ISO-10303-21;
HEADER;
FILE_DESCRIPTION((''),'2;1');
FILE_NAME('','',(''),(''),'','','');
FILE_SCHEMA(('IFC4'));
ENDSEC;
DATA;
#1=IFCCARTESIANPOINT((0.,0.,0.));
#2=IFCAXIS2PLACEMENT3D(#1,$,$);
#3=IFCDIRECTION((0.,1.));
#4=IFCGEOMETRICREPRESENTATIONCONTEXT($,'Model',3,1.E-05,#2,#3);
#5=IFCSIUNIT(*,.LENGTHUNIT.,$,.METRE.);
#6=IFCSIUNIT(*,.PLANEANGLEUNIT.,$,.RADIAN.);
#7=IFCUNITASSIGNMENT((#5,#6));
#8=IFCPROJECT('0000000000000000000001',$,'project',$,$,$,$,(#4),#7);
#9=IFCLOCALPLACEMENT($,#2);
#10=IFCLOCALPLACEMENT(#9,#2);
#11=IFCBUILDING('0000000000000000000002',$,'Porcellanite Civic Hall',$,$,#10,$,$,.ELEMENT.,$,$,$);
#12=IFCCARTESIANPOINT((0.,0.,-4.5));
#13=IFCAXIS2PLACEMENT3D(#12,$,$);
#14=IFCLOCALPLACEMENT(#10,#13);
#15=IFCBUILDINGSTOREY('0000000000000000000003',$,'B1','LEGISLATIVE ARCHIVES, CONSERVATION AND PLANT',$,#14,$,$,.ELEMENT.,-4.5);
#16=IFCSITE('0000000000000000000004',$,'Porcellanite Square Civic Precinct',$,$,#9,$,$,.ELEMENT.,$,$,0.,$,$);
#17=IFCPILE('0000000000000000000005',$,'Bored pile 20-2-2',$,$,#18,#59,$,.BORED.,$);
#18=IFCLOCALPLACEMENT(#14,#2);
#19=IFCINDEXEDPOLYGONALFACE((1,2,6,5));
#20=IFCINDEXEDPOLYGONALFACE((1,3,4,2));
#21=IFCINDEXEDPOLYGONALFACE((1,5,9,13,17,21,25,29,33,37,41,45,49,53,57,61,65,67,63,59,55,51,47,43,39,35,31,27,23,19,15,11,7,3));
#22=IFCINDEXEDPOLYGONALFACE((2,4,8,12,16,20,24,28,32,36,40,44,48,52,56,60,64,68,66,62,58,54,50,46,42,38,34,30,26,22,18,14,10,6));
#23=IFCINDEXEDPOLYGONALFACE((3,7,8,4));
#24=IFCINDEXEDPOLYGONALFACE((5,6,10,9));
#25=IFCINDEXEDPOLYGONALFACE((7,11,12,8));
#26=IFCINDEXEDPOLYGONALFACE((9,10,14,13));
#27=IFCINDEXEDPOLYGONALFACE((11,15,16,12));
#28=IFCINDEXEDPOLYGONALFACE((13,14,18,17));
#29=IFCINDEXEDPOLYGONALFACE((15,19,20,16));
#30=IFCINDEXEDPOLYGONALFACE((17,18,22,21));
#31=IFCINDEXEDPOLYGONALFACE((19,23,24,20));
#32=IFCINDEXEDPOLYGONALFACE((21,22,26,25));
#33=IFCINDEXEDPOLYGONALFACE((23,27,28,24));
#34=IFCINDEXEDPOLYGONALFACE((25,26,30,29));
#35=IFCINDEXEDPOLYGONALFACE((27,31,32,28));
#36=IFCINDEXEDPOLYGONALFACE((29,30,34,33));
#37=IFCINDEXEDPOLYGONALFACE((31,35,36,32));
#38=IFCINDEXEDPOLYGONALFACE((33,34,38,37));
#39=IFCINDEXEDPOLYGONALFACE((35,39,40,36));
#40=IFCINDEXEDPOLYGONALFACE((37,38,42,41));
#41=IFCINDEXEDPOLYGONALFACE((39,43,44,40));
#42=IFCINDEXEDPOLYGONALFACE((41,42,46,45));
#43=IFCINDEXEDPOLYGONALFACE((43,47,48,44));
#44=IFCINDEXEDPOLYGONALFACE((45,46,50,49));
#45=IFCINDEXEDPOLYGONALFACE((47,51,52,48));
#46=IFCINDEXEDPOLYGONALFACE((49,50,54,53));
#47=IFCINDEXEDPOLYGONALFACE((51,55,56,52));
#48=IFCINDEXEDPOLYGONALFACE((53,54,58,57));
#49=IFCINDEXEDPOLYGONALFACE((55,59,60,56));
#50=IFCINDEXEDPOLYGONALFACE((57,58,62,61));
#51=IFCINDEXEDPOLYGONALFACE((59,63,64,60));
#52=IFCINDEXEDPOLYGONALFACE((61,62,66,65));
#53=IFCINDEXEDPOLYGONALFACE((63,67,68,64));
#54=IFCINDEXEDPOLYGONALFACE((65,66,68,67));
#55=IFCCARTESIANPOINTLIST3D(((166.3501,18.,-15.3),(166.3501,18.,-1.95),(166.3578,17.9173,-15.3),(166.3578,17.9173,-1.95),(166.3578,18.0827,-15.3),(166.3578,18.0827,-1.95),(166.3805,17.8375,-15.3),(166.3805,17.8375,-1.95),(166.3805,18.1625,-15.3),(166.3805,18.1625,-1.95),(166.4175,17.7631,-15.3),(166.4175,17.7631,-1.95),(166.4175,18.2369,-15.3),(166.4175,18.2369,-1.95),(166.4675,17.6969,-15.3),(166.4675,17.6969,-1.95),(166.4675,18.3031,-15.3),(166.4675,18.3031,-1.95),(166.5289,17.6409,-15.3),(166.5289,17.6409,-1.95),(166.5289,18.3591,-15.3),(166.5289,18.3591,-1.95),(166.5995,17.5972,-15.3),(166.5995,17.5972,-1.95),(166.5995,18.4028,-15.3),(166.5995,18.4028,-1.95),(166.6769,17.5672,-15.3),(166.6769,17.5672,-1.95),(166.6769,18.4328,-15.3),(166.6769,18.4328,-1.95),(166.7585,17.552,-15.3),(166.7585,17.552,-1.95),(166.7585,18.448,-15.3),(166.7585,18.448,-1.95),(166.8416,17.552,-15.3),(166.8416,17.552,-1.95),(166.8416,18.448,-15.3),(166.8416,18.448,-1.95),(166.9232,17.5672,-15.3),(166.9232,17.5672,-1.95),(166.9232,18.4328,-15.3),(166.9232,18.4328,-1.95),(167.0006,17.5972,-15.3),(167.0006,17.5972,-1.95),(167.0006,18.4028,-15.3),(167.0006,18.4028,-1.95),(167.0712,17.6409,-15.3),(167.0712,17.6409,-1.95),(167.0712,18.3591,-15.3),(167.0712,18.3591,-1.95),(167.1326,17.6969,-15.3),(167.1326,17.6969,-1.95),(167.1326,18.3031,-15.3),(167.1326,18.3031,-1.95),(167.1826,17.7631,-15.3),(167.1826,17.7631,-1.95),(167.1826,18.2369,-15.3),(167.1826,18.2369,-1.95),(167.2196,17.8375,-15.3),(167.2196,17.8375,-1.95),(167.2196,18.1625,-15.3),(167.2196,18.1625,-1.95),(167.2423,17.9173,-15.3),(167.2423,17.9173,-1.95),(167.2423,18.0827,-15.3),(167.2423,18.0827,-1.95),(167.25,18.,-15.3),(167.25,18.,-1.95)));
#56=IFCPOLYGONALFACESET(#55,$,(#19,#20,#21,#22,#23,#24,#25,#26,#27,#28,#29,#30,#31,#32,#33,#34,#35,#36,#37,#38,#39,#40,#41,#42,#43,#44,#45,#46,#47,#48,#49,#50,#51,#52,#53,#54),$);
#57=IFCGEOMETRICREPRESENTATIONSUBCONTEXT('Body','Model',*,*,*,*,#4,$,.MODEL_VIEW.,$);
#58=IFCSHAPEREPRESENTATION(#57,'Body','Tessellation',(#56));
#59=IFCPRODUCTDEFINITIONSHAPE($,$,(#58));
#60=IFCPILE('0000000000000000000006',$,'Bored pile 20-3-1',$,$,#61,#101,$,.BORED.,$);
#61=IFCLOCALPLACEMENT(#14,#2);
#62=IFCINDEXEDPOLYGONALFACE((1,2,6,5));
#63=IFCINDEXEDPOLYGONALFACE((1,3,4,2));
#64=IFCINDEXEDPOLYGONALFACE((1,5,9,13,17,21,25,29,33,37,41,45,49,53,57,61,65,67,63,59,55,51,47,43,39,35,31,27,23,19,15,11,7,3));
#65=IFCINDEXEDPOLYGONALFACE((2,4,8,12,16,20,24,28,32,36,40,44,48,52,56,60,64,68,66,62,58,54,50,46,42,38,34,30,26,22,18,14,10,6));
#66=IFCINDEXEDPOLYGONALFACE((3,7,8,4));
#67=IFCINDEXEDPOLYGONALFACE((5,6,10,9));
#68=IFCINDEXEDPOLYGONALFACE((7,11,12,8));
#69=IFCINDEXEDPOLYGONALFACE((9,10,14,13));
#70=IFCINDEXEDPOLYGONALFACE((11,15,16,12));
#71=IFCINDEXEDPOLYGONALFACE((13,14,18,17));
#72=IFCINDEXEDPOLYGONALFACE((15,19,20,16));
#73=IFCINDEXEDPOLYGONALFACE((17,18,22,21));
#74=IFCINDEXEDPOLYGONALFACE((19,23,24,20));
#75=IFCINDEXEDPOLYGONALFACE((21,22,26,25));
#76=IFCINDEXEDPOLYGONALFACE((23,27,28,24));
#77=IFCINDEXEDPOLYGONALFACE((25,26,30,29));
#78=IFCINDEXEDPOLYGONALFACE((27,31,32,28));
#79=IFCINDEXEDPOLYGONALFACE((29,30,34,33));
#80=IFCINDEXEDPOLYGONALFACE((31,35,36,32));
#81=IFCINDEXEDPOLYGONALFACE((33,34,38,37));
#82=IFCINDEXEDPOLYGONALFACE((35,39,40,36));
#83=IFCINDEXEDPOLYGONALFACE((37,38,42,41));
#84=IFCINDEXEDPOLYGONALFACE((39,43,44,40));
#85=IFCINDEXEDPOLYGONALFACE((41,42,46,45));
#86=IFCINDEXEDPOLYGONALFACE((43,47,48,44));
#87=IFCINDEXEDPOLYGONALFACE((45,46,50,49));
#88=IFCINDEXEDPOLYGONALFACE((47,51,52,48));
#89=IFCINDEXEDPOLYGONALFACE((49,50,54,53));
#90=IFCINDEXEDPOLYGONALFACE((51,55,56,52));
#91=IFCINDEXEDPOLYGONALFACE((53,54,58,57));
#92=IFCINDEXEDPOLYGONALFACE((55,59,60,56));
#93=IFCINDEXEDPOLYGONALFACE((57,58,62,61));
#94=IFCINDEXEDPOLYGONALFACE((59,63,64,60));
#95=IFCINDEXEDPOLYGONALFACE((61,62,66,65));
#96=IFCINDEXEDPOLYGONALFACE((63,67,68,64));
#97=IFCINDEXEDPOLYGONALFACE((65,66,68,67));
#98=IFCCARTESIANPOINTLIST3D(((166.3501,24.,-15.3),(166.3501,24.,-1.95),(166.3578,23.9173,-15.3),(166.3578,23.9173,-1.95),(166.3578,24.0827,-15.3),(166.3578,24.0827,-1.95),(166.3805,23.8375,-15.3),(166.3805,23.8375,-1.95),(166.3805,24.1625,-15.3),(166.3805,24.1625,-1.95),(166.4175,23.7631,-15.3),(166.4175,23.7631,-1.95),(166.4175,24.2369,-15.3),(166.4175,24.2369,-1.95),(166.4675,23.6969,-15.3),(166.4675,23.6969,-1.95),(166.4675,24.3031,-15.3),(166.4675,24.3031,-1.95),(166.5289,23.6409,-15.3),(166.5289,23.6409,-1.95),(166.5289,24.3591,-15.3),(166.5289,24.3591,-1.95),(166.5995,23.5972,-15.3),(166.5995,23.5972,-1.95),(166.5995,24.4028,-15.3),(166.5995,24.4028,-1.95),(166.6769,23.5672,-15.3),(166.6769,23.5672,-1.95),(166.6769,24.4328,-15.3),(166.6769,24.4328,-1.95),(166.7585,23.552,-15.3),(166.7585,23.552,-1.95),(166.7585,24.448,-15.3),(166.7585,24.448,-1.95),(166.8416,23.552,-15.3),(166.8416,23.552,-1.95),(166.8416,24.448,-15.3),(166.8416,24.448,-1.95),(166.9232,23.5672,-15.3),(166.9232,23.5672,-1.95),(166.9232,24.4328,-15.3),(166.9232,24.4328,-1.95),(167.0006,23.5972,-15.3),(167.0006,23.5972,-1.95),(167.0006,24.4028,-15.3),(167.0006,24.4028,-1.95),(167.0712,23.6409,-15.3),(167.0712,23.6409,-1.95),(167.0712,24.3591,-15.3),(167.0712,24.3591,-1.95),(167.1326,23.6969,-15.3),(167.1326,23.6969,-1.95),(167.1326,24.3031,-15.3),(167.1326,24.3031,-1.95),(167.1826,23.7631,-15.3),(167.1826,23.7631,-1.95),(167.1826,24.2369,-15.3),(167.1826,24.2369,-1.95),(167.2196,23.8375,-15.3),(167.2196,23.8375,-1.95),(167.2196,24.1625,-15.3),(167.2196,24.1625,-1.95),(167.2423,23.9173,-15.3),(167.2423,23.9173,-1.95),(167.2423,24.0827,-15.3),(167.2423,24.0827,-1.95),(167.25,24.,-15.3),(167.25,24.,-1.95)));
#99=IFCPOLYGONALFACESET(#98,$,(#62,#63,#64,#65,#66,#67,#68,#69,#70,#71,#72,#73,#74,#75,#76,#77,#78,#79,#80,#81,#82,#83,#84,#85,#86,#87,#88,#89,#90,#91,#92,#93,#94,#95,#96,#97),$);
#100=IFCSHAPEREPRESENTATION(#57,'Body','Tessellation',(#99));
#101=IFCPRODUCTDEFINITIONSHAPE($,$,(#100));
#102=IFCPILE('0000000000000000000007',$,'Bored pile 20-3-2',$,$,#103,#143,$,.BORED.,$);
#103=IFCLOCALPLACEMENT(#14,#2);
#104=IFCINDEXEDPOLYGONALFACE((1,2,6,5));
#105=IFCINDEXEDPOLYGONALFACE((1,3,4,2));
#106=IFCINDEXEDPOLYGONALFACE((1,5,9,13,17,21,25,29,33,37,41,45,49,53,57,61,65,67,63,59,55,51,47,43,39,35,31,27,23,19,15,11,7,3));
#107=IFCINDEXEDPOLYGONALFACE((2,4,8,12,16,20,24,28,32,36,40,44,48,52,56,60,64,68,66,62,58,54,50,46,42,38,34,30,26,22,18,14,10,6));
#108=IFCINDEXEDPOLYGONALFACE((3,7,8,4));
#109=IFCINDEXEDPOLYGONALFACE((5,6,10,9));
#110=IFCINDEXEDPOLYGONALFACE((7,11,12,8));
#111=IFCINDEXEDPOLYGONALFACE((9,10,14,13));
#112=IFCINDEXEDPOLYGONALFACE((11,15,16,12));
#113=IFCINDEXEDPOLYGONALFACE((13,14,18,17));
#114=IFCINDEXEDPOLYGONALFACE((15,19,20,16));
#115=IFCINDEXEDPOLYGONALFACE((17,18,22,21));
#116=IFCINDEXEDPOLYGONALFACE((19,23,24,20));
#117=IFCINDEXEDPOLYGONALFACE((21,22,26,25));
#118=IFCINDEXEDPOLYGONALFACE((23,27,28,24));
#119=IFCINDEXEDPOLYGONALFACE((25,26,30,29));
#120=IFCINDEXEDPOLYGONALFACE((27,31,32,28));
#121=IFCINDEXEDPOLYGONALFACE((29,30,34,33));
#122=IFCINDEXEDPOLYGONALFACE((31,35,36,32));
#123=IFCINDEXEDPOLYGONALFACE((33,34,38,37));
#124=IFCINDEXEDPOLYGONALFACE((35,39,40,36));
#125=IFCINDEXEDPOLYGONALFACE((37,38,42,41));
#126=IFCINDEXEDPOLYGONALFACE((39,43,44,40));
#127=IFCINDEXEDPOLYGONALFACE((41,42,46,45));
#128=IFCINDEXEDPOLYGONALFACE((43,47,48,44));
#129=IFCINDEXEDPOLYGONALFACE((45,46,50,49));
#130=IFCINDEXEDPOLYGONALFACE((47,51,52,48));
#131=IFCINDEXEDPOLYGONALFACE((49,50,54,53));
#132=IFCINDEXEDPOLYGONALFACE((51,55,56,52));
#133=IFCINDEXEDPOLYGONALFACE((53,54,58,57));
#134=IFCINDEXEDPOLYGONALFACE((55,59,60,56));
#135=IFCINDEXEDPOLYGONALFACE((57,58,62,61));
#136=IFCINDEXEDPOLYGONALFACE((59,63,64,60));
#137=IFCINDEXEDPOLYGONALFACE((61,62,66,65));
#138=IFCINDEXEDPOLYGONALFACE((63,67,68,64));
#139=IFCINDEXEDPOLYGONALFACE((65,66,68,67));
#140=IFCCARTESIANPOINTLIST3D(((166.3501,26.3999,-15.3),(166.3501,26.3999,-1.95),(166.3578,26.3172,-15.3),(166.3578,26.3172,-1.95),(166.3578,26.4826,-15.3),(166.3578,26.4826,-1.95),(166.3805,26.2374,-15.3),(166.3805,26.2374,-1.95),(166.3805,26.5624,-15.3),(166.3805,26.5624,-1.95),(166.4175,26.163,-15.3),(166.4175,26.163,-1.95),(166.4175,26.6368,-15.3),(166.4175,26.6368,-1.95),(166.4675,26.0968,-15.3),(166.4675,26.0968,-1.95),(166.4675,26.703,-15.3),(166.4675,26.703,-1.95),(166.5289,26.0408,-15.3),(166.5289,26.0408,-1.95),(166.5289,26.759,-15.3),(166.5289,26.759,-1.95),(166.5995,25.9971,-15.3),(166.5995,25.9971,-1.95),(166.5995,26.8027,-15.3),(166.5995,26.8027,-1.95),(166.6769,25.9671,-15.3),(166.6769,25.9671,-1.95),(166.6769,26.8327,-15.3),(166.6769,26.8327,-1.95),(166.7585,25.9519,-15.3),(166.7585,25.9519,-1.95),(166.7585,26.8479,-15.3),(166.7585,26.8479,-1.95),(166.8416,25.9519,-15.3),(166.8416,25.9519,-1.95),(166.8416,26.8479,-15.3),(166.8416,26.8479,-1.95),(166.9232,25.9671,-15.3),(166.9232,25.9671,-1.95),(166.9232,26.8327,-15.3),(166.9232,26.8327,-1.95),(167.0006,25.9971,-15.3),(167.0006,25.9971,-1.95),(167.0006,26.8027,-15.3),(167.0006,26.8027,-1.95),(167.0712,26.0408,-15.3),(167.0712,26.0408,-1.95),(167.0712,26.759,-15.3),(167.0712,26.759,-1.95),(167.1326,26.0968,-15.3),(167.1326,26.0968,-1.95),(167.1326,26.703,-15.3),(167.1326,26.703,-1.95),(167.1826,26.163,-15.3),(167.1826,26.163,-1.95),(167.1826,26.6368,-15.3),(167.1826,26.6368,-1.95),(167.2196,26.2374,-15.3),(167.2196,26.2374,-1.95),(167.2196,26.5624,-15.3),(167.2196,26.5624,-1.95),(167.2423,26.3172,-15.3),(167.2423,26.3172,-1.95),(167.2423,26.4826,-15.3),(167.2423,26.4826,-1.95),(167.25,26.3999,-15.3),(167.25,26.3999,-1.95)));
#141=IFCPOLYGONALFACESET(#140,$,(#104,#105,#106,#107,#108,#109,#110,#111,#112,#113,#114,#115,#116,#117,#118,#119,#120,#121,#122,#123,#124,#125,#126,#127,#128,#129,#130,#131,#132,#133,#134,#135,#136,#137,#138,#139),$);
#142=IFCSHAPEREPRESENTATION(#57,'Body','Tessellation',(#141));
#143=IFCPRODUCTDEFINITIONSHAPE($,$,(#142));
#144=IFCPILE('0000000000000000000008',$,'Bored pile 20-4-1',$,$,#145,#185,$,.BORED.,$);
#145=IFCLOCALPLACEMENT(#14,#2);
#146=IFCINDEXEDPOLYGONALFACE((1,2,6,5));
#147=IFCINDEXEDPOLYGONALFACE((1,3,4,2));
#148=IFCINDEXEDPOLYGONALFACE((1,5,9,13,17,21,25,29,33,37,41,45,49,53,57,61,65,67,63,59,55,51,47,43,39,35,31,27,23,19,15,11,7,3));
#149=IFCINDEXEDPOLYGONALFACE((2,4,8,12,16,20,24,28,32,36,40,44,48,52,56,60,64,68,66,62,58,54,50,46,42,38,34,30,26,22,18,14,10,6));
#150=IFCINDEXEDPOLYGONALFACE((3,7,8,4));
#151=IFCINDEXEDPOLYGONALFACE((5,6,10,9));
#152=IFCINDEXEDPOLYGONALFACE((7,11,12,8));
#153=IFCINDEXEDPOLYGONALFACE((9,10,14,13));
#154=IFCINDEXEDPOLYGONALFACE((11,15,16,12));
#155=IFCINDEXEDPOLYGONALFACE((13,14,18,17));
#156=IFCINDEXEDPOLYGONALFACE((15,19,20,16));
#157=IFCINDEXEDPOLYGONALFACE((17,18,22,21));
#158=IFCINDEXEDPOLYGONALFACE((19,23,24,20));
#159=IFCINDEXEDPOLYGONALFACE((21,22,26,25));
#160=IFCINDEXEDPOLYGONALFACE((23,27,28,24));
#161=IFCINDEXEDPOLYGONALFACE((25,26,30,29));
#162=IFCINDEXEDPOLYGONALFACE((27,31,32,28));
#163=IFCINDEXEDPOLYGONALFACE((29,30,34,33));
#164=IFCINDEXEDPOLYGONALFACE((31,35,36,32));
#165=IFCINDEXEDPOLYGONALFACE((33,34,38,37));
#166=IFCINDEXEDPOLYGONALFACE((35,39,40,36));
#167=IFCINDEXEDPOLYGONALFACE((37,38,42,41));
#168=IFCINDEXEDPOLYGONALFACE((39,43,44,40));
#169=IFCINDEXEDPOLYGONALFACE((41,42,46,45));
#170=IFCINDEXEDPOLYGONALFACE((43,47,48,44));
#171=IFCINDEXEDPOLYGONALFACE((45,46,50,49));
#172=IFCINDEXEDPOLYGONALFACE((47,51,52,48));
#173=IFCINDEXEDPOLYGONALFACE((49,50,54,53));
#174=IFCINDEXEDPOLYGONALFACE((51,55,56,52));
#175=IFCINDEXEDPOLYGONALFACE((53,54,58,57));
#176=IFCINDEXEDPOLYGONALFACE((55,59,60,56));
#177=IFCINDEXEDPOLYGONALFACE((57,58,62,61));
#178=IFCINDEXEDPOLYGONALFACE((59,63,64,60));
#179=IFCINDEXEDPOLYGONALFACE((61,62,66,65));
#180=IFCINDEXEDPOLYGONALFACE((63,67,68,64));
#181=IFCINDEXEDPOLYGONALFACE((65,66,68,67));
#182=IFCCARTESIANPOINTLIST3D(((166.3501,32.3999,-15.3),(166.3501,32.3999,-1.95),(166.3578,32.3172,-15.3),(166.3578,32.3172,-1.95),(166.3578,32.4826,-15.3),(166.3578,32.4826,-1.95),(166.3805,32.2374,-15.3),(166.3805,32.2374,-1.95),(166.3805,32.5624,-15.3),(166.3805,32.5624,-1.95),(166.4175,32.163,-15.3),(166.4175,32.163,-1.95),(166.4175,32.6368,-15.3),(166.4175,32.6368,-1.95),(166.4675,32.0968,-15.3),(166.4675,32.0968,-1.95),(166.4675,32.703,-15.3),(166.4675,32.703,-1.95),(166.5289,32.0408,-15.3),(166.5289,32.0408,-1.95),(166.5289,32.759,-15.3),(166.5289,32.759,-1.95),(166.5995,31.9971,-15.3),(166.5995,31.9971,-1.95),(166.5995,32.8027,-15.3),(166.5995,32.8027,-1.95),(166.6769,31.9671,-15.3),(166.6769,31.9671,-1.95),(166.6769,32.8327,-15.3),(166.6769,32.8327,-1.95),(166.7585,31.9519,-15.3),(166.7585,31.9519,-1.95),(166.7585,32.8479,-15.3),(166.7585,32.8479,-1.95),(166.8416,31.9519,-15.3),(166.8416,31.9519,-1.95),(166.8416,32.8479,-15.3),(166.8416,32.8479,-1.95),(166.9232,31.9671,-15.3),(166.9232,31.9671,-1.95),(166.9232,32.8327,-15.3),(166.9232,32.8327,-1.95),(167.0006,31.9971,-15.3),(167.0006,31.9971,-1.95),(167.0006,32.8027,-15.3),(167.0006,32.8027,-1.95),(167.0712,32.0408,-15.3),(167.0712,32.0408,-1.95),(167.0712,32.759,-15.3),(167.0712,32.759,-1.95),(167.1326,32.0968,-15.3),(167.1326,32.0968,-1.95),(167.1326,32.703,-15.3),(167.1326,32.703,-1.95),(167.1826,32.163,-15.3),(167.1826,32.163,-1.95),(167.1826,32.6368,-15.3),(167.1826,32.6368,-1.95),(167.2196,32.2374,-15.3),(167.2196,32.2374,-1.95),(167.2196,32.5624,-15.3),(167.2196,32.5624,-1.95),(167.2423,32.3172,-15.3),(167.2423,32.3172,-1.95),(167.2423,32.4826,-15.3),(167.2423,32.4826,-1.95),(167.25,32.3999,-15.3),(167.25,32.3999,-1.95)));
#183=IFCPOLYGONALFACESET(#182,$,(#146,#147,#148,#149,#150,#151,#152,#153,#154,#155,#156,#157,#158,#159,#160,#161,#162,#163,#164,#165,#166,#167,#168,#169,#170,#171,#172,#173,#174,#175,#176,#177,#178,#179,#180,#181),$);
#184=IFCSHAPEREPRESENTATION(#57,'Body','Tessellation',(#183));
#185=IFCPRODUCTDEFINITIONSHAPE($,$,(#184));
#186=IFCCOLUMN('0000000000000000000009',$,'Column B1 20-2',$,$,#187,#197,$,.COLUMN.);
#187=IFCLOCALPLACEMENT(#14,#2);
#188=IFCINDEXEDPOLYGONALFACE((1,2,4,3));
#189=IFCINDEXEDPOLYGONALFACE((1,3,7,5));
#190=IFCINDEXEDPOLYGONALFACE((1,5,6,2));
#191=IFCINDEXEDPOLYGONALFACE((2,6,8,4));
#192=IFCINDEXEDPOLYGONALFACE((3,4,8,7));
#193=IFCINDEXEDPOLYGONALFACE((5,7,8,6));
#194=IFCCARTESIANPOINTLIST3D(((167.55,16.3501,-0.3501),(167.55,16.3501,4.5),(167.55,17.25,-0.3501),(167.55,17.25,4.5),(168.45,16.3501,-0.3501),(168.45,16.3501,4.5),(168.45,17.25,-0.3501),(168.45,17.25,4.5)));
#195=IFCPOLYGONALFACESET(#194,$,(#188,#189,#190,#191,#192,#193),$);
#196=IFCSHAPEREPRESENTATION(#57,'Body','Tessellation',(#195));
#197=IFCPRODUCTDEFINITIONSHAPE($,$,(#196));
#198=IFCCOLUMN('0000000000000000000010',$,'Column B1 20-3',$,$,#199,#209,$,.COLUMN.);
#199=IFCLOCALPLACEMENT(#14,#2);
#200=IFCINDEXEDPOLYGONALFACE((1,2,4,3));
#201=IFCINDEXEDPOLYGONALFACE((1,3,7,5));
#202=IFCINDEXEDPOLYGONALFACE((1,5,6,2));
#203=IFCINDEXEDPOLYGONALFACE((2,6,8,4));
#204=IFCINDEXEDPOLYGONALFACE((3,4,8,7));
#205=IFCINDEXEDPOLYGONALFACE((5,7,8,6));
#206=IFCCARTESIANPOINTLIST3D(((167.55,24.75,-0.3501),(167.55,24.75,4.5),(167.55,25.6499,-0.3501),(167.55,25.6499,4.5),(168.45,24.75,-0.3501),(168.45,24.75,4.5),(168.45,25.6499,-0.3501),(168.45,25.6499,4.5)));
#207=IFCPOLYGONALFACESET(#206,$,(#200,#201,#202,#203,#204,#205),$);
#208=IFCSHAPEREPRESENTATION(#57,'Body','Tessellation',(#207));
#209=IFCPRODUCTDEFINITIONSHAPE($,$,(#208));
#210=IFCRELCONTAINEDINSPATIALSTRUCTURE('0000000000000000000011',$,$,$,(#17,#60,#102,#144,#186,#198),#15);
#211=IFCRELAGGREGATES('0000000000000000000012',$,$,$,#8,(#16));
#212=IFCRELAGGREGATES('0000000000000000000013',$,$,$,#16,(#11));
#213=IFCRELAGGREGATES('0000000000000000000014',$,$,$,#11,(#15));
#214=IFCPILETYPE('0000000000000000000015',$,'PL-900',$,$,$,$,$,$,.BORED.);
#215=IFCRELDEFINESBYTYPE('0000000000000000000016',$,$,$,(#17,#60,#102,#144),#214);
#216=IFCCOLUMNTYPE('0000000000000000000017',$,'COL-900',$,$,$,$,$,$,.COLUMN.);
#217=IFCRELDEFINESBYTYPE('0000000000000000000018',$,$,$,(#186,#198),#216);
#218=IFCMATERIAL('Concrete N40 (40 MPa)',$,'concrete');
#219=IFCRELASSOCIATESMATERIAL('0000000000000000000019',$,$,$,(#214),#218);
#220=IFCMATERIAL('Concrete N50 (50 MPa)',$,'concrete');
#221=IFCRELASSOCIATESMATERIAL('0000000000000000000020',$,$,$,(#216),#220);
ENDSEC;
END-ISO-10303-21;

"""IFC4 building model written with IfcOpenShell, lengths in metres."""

from ifc_helpers import new_model, si_unit, direction, frame, origin, origin_2d, place, context, subcontext, project, spatial, rectangle, circle, extrude, material, material_profile, profile_set, type_object, element, save


model = new_model("IFC4")

# Units and contexts
model_context = context("Model", 3, precision=1e-05, world=origin(), true_north=direction((0.0, 1.0)))
body_context = subcontext(model_context, "Body", "Model", "MODEL_VIEW")
ifc_project = project(units=[si_unit("LENGTHUNIT", "METRE"), si_unit("PLANEANGLEUNIT", "RADIAN")], contexts=[model_context])

# Site, building, storey
site_placement = place(None, origin())
site = spatial("IfcSite", under=ifc_project, at=site_placement, Name="Porcellanite Square Civic Precinct", CompositionType="ELEMENT", RefElevation=0.0)
building_placement = place(site_placement, origin())
building = spatial("IfcBuilding", under=site, at=building_placement, Name="Porcellanite Civic Hall", CompositionType="ELEMENT")
storey_placement = place(building_placement, frame((0.0, 0.0, -4.5)))
storey = spatial("IfcBuildingStorey", under=building, at=storey_placement, Name="B1", Description="LEGISLATIVE ARCHIVES, CONSERVATION AND PLANT", CompositionType="ELEMENT", Elevation=-4.5)

# Piles
ifc_material_1 = material(Name="Concrete N40 (40 MPa)", Category="concrete")
ifc_material_profile_1 = material_profile(ifc_material_1, circle(Radius=0.45, at=origin_2d()), Name="PILE-D900")
ifc_profile_set_1 = profile_set([ifc_material_profile_1], Name="Concrete N40 (40 MPa)")
pile_type = type_object("IfcPileType", Name="PL-900", PredefinedType="BORED", material=ifc_profile_set_1)
for number, where, z_axis, x_axis, name in (
    (1, (166.8, 18.0, -1.95), (0.0, 0.0, -1.0), (1.0, 0.0, 0.0), "Bored pile 20-2-2"),
    (2, (166.8, 24.0, -1.95), (0.0, 0.0, -1.0), (1.0, 0.0, 0.0), "Bored pile 20-3-1"),
    (3, (166.8, 26.3999, -1.95), (0.0, 0.0, -1.0), (1.0, 0.0, 0.0), "Bored pile 20-3-2"),
    (4, (166.8, 32.3999, -1.95), (0.0, 0.0, -1.0), (1.0, 0.0, 0.0), "Bored pile 20-4-1"),
):
    element("IfcPile", number, at=place(storey_placement, frame(where, z_axis=z_axis, x_axis=x_axis)), inside=storey, type_object=pile_type, Name=name, PredefinedType="BORED", context=body_context, shape_type="SweptSolid", body=[
        extrude(circle(Radius=0.45, at=origin_2d()), origin(), (0.0, 0.0, 1.0), 13.3501),
    ])

# Columns
ifc_material_2 = material(Name="Concrete N50 (50 MPa)", Category="concrete")
ifc_material_profile_2 = material_profile(ifc_material_2, rectangle(XDim=0.8999, YDim=0.8999, at=origin_2d()), Name="RC-900x900")
ifc_profile_set_2 = profile_set([ifc_material_profile_2], Name="Concrete N50 (50 MPa)")
column_type = type_object("IfcColumnType", Name="COL-900", PredefinedType="COLUMN", material=ifc_profile_set_2)
for number, where, z_axis, x_axis, name in (
    (5, (168.0, 16.8, -0.3501), (0.0, 0.0, 1.0), (1.0, 0.0, 0.0), "Column B1 20-2"),
    (6, (168.0, 25.2, -0.3501), (0.0, 0.0, 1.0), (1.0, 0.0, 0.0), "Column B1 20-3"),
):
    element("IfcColumn", number, at=place(storey_placement, frame(where, z_axis=z_axis, x_axis=x_axis)), inside=storey, type_object=column_type, Name=name, PredefinedType="COLUMN", context=body_context, shape_type="SweptSolid", body=[
        extrude(rectangle(XDim=0.8999, YDim=0.8999, at=origin_2d()), origin(), (0.0, 0.0, 1.0), 4.8501),
    ])

save(model, "model.ifc")
